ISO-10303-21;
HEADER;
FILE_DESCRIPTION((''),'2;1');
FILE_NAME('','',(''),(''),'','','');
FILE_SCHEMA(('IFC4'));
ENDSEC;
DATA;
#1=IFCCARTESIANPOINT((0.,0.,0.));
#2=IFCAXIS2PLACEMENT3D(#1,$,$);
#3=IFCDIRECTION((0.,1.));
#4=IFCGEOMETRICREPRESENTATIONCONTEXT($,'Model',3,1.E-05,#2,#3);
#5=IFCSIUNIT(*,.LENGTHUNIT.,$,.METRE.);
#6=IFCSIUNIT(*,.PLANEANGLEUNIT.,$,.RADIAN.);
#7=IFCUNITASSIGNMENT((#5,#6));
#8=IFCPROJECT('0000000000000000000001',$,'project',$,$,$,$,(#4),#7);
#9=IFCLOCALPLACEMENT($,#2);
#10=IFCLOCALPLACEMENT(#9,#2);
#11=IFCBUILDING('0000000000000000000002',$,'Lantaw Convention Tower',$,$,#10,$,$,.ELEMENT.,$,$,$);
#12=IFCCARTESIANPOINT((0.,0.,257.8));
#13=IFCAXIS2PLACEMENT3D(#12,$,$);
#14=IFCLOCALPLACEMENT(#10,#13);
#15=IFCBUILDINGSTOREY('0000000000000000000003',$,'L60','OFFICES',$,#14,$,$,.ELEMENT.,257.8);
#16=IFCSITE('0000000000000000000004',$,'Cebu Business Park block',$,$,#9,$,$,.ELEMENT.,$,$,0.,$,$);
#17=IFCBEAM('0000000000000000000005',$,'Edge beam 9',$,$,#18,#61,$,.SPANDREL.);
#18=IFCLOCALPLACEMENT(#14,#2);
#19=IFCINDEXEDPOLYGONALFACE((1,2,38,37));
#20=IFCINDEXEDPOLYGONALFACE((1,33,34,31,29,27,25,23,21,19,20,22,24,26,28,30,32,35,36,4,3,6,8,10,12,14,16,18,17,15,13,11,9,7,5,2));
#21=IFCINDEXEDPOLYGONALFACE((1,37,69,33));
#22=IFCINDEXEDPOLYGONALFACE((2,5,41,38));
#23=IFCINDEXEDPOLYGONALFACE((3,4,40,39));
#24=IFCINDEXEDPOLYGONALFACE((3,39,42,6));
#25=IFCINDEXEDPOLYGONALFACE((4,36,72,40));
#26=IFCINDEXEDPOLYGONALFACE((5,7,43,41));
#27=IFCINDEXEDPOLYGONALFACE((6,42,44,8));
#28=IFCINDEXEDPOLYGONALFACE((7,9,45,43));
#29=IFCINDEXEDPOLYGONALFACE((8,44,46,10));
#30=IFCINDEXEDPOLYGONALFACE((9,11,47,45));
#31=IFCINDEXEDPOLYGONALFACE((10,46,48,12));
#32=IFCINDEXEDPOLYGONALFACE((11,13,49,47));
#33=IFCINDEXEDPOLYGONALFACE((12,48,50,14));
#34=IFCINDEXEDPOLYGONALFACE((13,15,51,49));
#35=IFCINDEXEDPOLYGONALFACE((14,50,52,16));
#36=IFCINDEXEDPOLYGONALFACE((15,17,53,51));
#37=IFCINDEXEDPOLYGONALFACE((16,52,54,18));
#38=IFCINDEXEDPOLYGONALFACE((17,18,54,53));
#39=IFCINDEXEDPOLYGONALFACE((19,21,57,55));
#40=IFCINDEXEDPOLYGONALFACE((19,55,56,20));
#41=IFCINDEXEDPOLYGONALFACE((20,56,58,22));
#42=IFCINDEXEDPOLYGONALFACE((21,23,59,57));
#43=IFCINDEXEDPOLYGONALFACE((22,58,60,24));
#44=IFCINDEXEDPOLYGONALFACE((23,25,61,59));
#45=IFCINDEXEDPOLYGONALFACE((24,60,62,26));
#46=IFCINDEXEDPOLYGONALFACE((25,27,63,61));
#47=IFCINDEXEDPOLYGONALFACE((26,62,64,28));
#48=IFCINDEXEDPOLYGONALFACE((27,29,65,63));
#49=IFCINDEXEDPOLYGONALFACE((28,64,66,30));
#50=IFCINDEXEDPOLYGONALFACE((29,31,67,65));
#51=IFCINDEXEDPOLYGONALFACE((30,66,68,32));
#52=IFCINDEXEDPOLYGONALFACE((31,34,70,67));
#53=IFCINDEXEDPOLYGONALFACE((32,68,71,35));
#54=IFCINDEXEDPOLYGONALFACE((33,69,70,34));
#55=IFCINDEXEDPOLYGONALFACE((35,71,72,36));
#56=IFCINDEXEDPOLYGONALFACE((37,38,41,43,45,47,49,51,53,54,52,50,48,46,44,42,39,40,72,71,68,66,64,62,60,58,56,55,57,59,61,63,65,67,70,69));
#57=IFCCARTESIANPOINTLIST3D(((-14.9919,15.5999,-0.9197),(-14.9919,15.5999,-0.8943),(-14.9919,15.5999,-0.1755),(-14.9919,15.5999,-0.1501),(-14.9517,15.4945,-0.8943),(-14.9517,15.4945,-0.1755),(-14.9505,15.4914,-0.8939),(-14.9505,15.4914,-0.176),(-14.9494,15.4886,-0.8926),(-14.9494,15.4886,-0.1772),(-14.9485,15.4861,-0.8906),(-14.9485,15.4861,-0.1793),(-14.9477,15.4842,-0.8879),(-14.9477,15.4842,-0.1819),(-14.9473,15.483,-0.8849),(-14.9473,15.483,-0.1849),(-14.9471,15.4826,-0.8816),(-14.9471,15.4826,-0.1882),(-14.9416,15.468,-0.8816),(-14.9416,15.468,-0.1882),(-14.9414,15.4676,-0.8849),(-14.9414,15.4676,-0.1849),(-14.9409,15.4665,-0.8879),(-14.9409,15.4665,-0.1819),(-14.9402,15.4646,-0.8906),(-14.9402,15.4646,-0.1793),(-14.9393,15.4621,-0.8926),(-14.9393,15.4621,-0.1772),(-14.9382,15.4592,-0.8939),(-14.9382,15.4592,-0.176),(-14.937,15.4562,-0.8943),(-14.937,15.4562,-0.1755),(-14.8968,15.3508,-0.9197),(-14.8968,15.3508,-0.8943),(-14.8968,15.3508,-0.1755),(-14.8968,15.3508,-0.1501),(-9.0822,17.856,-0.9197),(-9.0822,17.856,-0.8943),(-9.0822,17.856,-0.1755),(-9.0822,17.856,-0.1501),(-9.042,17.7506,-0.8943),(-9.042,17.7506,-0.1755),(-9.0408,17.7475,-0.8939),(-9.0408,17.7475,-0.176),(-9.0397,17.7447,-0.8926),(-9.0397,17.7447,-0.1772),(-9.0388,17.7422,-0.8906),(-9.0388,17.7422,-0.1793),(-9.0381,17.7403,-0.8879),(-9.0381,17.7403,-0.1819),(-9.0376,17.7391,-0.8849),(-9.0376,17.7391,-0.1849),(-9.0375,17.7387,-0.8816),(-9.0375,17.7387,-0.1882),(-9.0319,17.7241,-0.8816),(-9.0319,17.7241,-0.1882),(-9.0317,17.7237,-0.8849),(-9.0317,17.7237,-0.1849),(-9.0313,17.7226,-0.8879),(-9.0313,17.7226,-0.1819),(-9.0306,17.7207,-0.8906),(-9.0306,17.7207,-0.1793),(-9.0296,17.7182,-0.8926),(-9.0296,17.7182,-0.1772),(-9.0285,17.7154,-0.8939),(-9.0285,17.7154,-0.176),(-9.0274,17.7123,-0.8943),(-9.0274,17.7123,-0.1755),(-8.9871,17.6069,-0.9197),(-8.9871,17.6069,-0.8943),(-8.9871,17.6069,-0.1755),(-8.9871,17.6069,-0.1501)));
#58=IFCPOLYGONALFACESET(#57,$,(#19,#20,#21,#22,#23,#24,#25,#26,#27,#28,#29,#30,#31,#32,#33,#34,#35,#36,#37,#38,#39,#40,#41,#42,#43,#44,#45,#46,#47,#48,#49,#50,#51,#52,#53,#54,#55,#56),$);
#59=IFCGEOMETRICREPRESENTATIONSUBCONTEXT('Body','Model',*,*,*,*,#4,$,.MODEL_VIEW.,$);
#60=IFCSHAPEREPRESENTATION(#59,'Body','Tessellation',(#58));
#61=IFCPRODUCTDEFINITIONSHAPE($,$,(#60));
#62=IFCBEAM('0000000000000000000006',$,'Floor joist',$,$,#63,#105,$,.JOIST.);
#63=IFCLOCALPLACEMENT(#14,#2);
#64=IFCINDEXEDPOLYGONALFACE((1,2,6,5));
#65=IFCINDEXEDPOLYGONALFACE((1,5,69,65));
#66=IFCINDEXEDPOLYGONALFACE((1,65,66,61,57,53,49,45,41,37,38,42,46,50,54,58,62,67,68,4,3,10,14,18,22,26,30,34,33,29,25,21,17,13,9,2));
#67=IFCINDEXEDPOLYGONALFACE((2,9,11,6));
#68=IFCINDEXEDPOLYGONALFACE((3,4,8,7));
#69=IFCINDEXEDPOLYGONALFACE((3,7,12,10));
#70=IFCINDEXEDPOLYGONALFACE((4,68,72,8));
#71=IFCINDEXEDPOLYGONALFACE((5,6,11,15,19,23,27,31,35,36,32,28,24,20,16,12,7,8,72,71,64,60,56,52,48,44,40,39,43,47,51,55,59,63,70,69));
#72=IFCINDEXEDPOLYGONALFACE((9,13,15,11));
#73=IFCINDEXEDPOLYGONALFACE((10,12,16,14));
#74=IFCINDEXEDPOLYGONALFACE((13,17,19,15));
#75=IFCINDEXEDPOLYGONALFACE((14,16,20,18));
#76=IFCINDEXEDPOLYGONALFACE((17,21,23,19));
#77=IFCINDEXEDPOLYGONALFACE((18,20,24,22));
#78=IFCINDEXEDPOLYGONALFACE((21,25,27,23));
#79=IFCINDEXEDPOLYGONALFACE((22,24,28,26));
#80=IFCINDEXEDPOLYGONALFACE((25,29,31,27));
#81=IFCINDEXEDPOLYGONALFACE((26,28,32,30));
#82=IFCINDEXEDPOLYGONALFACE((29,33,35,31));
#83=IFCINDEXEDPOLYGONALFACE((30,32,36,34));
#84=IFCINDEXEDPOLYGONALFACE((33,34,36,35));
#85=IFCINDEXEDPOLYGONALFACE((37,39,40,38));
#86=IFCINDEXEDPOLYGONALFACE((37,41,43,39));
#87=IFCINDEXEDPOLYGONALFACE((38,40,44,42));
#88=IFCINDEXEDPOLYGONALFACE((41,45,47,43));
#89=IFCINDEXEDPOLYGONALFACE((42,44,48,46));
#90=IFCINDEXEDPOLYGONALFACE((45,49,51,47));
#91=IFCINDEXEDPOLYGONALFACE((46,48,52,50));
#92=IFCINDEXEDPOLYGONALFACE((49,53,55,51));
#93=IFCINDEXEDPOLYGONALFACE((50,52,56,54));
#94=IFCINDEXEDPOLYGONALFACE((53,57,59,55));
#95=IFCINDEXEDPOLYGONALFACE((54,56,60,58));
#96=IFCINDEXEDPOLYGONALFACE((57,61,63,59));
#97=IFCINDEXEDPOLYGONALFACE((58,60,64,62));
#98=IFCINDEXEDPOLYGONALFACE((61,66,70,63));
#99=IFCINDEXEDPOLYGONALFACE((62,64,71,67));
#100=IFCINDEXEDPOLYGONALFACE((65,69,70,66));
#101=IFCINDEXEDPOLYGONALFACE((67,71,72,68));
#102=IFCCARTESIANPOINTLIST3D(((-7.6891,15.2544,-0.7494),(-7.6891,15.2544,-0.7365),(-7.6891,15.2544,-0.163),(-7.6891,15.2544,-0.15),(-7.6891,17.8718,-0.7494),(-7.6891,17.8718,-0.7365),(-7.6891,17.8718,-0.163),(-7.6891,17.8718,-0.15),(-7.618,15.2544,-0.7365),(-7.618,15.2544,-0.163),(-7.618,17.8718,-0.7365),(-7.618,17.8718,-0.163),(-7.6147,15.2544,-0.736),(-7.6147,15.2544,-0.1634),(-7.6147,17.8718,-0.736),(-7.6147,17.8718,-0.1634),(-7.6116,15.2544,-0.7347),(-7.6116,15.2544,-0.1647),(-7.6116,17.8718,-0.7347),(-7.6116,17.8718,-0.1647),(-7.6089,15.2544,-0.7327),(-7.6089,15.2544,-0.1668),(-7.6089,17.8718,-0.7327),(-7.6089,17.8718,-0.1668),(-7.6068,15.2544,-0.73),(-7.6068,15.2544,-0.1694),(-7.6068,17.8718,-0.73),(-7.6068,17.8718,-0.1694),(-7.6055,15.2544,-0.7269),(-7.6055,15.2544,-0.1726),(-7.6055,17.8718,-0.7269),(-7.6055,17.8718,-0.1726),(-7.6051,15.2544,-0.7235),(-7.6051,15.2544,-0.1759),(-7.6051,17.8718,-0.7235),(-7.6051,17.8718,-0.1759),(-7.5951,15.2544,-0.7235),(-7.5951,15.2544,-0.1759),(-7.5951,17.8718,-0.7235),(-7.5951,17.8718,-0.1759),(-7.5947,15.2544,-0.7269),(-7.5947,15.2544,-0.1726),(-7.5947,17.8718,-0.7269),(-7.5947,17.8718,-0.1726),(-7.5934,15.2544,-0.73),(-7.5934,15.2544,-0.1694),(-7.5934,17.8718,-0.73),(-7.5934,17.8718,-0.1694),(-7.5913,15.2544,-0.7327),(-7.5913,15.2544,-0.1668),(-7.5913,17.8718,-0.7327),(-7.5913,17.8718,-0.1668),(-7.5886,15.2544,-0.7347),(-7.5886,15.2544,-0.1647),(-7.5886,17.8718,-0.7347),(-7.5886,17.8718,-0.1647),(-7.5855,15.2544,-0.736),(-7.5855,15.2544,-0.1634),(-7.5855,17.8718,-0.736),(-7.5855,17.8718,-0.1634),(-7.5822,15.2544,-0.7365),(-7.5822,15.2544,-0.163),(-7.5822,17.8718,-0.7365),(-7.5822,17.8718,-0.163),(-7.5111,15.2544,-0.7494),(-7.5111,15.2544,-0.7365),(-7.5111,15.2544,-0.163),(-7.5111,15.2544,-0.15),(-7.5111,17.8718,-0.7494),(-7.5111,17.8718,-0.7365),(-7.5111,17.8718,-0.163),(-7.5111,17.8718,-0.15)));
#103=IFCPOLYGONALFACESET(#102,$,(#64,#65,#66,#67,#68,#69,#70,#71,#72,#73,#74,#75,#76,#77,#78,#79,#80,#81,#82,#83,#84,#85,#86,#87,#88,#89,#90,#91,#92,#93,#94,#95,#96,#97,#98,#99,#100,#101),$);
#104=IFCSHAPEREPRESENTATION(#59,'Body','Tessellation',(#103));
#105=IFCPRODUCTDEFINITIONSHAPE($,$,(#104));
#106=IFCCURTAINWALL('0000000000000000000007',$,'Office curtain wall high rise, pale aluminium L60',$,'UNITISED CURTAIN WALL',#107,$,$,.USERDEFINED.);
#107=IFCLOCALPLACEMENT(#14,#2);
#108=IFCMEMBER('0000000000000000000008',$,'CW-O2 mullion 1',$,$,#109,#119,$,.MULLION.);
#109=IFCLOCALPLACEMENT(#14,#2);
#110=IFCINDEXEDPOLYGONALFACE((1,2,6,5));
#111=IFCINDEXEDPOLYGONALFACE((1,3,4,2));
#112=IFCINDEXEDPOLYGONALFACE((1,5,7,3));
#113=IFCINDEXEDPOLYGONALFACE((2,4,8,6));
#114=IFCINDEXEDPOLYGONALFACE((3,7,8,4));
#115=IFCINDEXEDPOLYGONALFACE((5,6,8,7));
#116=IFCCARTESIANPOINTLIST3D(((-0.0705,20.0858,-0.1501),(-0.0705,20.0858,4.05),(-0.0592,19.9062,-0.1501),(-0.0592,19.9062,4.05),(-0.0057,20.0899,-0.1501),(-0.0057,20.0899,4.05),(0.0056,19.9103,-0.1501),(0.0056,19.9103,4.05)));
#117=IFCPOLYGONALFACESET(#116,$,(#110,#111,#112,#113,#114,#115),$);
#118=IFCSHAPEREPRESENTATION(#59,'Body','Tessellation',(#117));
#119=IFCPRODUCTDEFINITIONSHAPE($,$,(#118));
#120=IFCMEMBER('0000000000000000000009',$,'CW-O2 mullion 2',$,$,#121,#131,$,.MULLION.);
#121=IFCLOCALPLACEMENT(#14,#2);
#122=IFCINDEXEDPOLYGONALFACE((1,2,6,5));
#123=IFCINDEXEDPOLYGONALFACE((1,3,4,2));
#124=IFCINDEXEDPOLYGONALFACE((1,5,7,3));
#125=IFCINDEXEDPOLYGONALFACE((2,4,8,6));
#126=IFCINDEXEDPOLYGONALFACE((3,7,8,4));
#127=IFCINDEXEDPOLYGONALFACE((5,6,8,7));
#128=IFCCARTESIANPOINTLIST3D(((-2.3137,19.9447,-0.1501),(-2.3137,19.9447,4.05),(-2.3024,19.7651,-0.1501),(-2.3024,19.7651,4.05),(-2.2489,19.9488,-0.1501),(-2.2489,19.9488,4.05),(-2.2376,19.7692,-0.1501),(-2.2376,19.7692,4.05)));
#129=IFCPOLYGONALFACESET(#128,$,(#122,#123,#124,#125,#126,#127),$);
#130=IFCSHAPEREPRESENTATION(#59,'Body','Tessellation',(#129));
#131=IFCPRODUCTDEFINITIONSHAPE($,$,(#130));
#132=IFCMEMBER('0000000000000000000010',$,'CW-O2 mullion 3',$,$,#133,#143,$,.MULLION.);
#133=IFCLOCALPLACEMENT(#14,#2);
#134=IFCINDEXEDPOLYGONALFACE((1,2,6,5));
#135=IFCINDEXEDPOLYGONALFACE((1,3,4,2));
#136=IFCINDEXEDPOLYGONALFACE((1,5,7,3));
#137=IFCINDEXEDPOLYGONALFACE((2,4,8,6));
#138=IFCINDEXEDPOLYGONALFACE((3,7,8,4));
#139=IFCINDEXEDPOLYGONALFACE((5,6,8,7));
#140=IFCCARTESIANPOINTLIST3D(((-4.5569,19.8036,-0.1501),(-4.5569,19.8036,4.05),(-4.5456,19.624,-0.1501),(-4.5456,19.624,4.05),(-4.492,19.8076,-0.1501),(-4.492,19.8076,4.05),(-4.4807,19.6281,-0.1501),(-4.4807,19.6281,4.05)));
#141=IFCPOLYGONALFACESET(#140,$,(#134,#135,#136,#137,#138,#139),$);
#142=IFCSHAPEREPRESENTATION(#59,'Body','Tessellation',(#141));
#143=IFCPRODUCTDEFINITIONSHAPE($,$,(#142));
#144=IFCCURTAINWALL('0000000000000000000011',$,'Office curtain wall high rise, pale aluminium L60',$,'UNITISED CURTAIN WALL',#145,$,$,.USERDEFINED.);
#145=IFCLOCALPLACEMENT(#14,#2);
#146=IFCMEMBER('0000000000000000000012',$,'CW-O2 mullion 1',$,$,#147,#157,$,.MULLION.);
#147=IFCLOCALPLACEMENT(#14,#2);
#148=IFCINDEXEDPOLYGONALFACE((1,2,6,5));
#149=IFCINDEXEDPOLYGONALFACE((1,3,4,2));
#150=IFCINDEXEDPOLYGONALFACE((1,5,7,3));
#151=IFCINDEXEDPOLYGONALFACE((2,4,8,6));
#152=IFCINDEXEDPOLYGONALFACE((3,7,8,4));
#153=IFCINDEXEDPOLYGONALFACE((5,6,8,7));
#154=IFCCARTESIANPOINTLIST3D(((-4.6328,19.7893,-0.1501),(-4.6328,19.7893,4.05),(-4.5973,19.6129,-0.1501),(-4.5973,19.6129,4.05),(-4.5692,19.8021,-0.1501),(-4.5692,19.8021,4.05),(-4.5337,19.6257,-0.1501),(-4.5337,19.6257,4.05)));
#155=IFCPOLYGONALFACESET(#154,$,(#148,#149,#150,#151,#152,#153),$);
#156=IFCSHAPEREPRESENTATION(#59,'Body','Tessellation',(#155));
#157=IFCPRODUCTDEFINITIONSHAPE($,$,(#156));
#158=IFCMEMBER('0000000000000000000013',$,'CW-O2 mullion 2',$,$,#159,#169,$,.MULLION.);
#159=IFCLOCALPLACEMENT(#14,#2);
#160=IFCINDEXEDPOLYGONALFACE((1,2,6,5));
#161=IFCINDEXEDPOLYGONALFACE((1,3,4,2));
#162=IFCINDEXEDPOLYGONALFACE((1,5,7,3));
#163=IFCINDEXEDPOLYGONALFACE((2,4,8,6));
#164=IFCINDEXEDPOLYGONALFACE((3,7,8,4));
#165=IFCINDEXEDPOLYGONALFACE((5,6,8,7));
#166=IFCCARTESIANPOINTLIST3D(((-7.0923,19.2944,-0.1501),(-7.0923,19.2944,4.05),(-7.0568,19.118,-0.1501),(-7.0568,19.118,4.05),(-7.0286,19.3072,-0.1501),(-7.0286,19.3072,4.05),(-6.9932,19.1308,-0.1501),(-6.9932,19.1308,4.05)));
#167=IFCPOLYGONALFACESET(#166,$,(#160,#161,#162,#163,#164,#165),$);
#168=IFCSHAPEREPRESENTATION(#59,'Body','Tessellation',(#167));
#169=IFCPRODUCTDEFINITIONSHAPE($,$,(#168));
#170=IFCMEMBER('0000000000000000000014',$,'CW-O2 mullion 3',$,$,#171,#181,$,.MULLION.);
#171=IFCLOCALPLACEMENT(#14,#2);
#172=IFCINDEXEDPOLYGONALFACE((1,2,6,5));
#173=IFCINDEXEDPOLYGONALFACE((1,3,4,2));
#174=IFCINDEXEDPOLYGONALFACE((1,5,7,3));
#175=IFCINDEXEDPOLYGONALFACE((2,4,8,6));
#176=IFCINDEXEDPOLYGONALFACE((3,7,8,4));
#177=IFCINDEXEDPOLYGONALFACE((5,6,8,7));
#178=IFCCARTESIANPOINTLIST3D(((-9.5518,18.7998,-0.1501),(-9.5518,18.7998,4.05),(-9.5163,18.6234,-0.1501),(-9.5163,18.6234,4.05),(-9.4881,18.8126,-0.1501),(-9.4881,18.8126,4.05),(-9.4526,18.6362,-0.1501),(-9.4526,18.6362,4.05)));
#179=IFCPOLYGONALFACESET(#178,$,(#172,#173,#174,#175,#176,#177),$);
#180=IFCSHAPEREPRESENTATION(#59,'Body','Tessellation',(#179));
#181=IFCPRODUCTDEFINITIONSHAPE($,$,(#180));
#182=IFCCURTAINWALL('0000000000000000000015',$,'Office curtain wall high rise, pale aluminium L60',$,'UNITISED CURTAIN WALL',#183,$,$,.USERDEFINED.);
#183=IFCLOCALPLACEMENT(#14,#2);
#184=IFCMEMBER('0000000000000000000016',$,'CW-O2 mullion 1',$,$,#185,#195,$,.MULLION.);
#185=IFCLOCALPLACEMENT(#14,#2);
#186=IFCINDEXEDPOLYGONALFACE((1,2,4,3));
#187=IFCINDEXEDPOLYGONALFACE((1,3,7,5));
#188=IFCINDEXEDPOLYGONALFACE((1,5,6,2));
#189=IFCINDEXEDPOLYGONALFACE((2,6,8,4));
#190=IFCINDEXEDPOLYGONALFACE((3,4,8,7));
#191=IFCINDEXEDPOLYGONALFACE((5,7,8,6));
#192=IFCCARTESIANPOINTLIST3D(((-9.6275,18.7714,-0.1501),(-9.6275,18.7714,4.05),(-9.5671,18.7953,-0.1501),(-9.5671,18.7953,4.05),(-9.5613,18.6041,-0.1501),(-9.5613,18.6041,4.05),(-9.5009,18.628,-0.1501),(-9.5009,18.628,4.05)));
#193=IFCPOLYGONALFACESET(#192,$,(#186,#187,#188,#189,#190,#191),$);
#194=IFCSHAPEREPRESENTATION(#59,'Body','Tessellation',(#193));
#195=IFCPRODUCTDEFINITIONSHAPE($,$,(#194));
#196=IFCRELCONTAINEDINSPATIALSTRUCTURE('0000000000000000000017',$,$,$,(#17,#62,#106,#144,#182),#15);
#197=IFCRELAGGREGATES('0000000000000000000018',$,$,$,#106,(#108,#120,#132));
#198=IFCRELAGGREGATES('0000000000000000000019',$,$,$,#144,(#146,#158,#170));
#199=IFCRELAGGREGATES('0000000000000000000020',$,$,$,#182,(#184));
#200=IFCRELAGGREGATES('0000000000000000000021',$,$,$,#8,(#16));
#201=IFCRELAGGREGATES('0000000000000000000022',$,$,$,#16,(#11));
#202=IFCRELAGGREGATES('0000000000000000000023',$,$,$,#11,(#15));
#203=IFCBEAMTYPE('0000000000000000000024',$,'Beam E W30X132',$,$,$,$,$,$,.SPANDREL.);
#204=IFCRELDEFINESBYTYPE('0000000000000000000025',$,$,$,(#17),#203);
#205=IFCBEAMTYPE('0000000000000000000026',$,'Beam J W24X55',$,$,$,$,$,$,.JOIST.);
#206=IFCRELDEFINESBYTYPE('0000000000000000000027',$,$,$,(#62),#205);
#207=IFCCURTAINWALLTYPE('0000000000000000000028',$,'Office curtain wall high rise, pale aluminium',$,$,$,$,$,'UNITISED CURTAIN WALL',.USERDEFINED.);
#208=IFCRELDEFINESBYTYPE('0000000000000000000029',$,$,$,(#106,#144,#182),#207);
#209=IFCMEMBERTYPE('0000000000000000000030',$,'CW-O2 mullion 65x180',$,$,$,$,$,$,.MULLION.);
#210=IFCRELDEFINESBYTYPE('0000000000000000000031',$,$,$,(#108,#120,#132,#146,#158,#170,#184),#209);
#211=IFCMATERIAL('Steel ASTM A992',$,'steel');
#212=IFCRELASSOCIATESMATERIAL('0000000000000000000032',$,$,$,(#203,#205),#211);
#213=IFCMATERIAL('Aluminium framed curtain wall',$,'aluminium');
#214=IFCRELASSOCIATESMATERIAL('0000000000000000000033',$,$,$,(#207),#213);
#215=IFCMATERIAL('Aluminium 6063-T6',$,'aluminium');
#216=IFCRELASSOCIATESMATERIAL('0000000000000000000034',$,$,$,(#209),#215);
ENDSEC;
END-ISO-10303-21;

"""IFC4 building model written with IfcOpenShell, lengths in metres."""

from ifc_helpers import new_model, si_unit, direction, frame, origin, origin_2d, place, context, subcontext, project, spatial, rectangle, i_section, extrude, material, material_profile, profile_set, type_object, element, aggregate, save


model = new_model("IFC4")

# Units and contexts
model_context = context("Model", 3, precision=1e-05, world=origin(), true_north=direction((0.0, 1.0)))
body_context = subcontext(model_context, "Body", "Model", "MODEL_VIEW")
ifc_project = project(units=[si_unit("LENGTHUNIT", "METRE"), si_unit("PLANEANGLEUNIT", "RADIAN")], contexts=[model_context])

# Site, building, storey
site_placement = place(None, origin())
site = spatial("IfcSite", under=ifc_project, at=site_placement, Name="Cebu Business Park block", CompositionType="ELEMENT", RefElevation=0.0)
building_placement = place(site_placement, origin())
building = spatial("IfcBuilding", under=site, at=building_placement, Name="Lantaw Convention Tower", CompositionType="ELEMENT")
storey_placement = place(building_placement, frame((0.0, 0.0, 257.8)))
storey = spatial("IfcBuildingStorey", under=building, at=storey_placement, Name="L60", Description="OFFICES", CompositionType="ELEMENT", Elevation=257.8)

# Beams
ifc_material_1 = material(Name="Steel ASTM A992", Category="steel")
ifc_material_profile_1 = material_profile(ifc_material_1, i_section(OverallWidth=0.2666, OverallDepth=0.7695, WebThickness=0.0156, FlangeThickness=0.0254, FilletRadius=0.0127, at=origin_2d()), Name="W30X132")
ifc_profile_set_1 = profile_set([ifc_material_profile_1], Name="Steel ASTM A992")
beam_type_1 = type_object("IfcBeamType", Name="Beam E W30X132", PredefinedType="SPANDREL", material=ifc_profile_set_1)
beam_1_placement = place(storey_placement, frame((-9.0347, 17.7314, -0.5349), z_axis=(-0.934235, -0.356658, 0.0), x_axis=(0.356658, -0.934235, 0.0)))
element("IfcBeam", 1, at=beam_1_placement, inside=storey, type_object=beam_type_1, Name="Edge beam 9", PredefinedType="SPANDREL", context=body_context, shape_type="SweptSolid", body=[
    extrude(i_section(OverallWidth=0.2666, OverallDepth=0.7695, WebThickness=0.0156, FlangeThickness=0.0254, FilletRadius=0.0127, at=origin_2d()), origin(), (0.0, 0.0, 1.0), 6.3257),
])
ifc_material_profile_2 = material_profile(ifc_material_1, i_section(OverallWidth=0.178, OverallDepth=0.5994, WebThickness=0.01, FlangeThickness=0.0129, FilletRadius=0.0129, at=origin_2d()), Name="W24X55")
ifc_profile_set_2 = profile_set([ifc_material_profile_2], Name="Steel ASTM A992")
beam_type_2 = type_object("IfcBeamType", Name="Beam J W24X55", PredefinedType="JOIST", material=ifc_profile_set_2)
beam_2_placement = place(storey_placement, frame((-7.6001, 15.2544, -0.4497), z_axis=(0.0, 1.0, 0.0), x_axis=(-1.0, 0.0, 0.0)))
element("IfcBeam", 2, at=beam_2_placement, inside=storey, type_object=beam_type_2, Name="Floor joist", PredefinedType="JOIST", context=body_context, shape_type="SweptSolid", body=[
    extrude(i_section(OverallWidth=0.178, OverallDepth=0.5994, WebThickness=0.01, FlangeThickness=0.0129, FilletRadius=0.0129, at=origin_2d()), origin(), (0.0, 0.0, 1.0), 2.6174),
])

# Curtain walls, members
ifc_material_2 = material(Name="Aluminium framed curtain wall", Category="aluminium")
curtain_wall_type = type_object("IfcCurtainWallType", Name="Office curtain wall high rise, pale aluminium", ElementType="UNITISED CURTAIN WALL", PredefinedType="USERDEFINED", material=ifc_material_2)
curtain_wall_1_placement = place(storey_placement, origin())
curtain_wall_1 = element("IfcCurtainWall", 3, at=curtain_wall_1_placement, inside=storey, type_object=curtain_wall_type, Name="Office curtain wall high rise, pale aluminium L60", ObjectType="UNITISED CURTAIN WALL", PredefinedType="USERDEFINED")
ifc_material_3 = material(Name="Aluminium 6063-T6", Category="aluminium")
ifc_material_profile_3 = material_profile(ifc_material_3, rectangle(XDim=0.1799, YDim=0.0649, at=origin_2d()), Name="CW-O2 mullion 65x180")
ifc_profile_set_3 = profile_set([ifc_material_profile_3], Name="Aluminium 6063-T6")
member_type_1 = type_object("IfcMemberType", Name="CW-O2 mullion 65x180", PredefinedType="MULLION", material=ifc_profile_set_3)
member_1_placement = place(storey_placement, frame((-0.0325, 19.998, -0.1501), z_axis=(0.0, 0.0, 1.0), x_axis=(0.062758, -0.998029, 0.0)))
member_1 = element("IfcMember", 4, at=member_1_placement, type_object=member_type_1, Name="CW-O2 mullion 1", PredefinedType="MULLION", context=body_context, shape_type="SweptSolid", body=[
    extrude(rectangle(XDim=0.1799, YDim=0.0649, at=origin_2d()), origin(), (0.0, 0.0, 1.0), 4.2002),
])
member_2_placement = place(storey_placement, frame((-2.2756, 19.8569, -0.1501), z_axis=(0.0, 0.0, 1.0), x_axis=(0.062758, -0.998029, 0.0)))
member_2 = element("IfcMember", 5, at=member_2_placement, type_object=member_type_1, Name="CW-O2 mullion 2", PredefinedType="MULLION", context=body_context, shape_type="SweptSolid", body=[
    extrude(rectangle(XDim=0.1799, YDim=0.0649, at=origin_2d()), origin(), (0.0, 0.0, 1.0), 4.2002),
])
member_3_placement = place(storey_placement, frame((-4.5188, 19.7158, -0.1501), z_axis=(0.0, 0.0, 1.0), x_axis=(0.062758, -0.998029, 0.0)))
member_3 = element("IfcMember", 6, at=member_3_placement, type_object=member_type_1, Name="CW-O2 mullion 3", PredefinedType="MULLION", context=body_context, shape_type="SweptSolid", body=[
    extrude(rectangle(XDim=0.1799, YDim=0.0649, at=origin_2d()), origin(), (0.0, 0.0, 1.0), 4.2002),
])
curtain_wall_2_placement = place(storey_placement, origin())
curtain_wall_2 = element("IfcCurtainWall", 7, at=curtain_wall_2_placement, inside=storey, type_object=curtain_wall_type, Name="Office curtain wall high rise, pale aluminium L60", ObjectType="UNITISED CURTAIN WALL", PredefinedType="USERDEFINED")
member_4_placement = place(storey_placement, frame((-4.5833, 19.7075, -0.1501), z_axis=(0.0, 0.0, 1.0), x_axis=(0.197183, -0.980367, 0.0)))
member_4 = element("IfcMember", 8, at=member_4_placement, type_object=member_type_1, Name="CW-O2 mullion 1", PredefinedType="MULLION", context=body_context, shape_type="SweptSolid", body=[
    extrude(rectangle(XDim=0.1799, YDim=0.0649, at=origin_2d()), origin(), (0.0, 0.0, 1.0), 4.2002),
])
member_5_placement = place(storey_placement, frame((-7.0427, 19.2126, -0.1501), z_axis=(0.0, 0.0, 1.0), x_axis=(0.197183, -0.980367, 0.0)))
member_5 = element("IfcMember", 9, at=member_5_placement, type_object=member_type_1, Name="CW-O2 mullion 2", PredefinedType="MULLION", context=body_context, shape_type="SweptSolid", body=[
    extrude(rectangle(XDim=0.1799, YDim=0.0649, at=origin_2d()), origin(), (0.0, 0.0, 1.0), 4.2002),
])
member_6_placement = place(storey_placement, frame((-9.5022, 18.718, -0.1501), z_axis=(0.0, 0.0, 1.0), x_axis=(0.197183, -0.980367, 0.0)))
member_6 = element("IfcMember", 10, at=member_6_placement, type_object=member_type_1, Name="CW-O2 mullion 3", PredefinedType="MULLION", context=body_context, shape_type="SweptSolid", body=[
    extrude(rectangle(XDim=0.1799, YDim=0.0649, at=origin_2d()), origin(), (0.0, 0.0, 1.0), 4.2002),
])

# Curtain wall, member
curtain_wall_3_placement = place(storey_placement, origin())
curtain_wall_3 = element("IfcCurtainWall", 11, at=curtain_wall_3_placement, inside=storey, type_object=curtain_wall_type, Name="Office curtain wall high rise, pale aluminium L60", ObjectType="UNITISED CURTAIN WALL", PredefinedType="USERDEFINED")
member_7_placement = place(storey_placement, frame((-9.5642, 18.6997, -0.1501), z_axis=(0.0, 0.0, 1.0), x_axis=(0.368162, -0.929762, 0.0)))
member_7 = element("IfcMember", 12, at=member_7_placement, type_object=member_type_1, Name="CW-O2 mullion 1", PredefinedType="MULLION", context=body_context, shape_type="SweptSolid", body=[
    extrude(rectangle(XDim=0.1799, YDim=0.0649, at=origin_2d()), origin(), (0.0, 0.0, 1.0), 4.2002),
])

aggregate(curtain_wall_1, [member_1, member_2, member_3])
aggregate(curtain_wall_2, [member_4, member_5, member_6])
aggregate(curtain_wall_3, [member_7])

save(model, "model.ifc")
